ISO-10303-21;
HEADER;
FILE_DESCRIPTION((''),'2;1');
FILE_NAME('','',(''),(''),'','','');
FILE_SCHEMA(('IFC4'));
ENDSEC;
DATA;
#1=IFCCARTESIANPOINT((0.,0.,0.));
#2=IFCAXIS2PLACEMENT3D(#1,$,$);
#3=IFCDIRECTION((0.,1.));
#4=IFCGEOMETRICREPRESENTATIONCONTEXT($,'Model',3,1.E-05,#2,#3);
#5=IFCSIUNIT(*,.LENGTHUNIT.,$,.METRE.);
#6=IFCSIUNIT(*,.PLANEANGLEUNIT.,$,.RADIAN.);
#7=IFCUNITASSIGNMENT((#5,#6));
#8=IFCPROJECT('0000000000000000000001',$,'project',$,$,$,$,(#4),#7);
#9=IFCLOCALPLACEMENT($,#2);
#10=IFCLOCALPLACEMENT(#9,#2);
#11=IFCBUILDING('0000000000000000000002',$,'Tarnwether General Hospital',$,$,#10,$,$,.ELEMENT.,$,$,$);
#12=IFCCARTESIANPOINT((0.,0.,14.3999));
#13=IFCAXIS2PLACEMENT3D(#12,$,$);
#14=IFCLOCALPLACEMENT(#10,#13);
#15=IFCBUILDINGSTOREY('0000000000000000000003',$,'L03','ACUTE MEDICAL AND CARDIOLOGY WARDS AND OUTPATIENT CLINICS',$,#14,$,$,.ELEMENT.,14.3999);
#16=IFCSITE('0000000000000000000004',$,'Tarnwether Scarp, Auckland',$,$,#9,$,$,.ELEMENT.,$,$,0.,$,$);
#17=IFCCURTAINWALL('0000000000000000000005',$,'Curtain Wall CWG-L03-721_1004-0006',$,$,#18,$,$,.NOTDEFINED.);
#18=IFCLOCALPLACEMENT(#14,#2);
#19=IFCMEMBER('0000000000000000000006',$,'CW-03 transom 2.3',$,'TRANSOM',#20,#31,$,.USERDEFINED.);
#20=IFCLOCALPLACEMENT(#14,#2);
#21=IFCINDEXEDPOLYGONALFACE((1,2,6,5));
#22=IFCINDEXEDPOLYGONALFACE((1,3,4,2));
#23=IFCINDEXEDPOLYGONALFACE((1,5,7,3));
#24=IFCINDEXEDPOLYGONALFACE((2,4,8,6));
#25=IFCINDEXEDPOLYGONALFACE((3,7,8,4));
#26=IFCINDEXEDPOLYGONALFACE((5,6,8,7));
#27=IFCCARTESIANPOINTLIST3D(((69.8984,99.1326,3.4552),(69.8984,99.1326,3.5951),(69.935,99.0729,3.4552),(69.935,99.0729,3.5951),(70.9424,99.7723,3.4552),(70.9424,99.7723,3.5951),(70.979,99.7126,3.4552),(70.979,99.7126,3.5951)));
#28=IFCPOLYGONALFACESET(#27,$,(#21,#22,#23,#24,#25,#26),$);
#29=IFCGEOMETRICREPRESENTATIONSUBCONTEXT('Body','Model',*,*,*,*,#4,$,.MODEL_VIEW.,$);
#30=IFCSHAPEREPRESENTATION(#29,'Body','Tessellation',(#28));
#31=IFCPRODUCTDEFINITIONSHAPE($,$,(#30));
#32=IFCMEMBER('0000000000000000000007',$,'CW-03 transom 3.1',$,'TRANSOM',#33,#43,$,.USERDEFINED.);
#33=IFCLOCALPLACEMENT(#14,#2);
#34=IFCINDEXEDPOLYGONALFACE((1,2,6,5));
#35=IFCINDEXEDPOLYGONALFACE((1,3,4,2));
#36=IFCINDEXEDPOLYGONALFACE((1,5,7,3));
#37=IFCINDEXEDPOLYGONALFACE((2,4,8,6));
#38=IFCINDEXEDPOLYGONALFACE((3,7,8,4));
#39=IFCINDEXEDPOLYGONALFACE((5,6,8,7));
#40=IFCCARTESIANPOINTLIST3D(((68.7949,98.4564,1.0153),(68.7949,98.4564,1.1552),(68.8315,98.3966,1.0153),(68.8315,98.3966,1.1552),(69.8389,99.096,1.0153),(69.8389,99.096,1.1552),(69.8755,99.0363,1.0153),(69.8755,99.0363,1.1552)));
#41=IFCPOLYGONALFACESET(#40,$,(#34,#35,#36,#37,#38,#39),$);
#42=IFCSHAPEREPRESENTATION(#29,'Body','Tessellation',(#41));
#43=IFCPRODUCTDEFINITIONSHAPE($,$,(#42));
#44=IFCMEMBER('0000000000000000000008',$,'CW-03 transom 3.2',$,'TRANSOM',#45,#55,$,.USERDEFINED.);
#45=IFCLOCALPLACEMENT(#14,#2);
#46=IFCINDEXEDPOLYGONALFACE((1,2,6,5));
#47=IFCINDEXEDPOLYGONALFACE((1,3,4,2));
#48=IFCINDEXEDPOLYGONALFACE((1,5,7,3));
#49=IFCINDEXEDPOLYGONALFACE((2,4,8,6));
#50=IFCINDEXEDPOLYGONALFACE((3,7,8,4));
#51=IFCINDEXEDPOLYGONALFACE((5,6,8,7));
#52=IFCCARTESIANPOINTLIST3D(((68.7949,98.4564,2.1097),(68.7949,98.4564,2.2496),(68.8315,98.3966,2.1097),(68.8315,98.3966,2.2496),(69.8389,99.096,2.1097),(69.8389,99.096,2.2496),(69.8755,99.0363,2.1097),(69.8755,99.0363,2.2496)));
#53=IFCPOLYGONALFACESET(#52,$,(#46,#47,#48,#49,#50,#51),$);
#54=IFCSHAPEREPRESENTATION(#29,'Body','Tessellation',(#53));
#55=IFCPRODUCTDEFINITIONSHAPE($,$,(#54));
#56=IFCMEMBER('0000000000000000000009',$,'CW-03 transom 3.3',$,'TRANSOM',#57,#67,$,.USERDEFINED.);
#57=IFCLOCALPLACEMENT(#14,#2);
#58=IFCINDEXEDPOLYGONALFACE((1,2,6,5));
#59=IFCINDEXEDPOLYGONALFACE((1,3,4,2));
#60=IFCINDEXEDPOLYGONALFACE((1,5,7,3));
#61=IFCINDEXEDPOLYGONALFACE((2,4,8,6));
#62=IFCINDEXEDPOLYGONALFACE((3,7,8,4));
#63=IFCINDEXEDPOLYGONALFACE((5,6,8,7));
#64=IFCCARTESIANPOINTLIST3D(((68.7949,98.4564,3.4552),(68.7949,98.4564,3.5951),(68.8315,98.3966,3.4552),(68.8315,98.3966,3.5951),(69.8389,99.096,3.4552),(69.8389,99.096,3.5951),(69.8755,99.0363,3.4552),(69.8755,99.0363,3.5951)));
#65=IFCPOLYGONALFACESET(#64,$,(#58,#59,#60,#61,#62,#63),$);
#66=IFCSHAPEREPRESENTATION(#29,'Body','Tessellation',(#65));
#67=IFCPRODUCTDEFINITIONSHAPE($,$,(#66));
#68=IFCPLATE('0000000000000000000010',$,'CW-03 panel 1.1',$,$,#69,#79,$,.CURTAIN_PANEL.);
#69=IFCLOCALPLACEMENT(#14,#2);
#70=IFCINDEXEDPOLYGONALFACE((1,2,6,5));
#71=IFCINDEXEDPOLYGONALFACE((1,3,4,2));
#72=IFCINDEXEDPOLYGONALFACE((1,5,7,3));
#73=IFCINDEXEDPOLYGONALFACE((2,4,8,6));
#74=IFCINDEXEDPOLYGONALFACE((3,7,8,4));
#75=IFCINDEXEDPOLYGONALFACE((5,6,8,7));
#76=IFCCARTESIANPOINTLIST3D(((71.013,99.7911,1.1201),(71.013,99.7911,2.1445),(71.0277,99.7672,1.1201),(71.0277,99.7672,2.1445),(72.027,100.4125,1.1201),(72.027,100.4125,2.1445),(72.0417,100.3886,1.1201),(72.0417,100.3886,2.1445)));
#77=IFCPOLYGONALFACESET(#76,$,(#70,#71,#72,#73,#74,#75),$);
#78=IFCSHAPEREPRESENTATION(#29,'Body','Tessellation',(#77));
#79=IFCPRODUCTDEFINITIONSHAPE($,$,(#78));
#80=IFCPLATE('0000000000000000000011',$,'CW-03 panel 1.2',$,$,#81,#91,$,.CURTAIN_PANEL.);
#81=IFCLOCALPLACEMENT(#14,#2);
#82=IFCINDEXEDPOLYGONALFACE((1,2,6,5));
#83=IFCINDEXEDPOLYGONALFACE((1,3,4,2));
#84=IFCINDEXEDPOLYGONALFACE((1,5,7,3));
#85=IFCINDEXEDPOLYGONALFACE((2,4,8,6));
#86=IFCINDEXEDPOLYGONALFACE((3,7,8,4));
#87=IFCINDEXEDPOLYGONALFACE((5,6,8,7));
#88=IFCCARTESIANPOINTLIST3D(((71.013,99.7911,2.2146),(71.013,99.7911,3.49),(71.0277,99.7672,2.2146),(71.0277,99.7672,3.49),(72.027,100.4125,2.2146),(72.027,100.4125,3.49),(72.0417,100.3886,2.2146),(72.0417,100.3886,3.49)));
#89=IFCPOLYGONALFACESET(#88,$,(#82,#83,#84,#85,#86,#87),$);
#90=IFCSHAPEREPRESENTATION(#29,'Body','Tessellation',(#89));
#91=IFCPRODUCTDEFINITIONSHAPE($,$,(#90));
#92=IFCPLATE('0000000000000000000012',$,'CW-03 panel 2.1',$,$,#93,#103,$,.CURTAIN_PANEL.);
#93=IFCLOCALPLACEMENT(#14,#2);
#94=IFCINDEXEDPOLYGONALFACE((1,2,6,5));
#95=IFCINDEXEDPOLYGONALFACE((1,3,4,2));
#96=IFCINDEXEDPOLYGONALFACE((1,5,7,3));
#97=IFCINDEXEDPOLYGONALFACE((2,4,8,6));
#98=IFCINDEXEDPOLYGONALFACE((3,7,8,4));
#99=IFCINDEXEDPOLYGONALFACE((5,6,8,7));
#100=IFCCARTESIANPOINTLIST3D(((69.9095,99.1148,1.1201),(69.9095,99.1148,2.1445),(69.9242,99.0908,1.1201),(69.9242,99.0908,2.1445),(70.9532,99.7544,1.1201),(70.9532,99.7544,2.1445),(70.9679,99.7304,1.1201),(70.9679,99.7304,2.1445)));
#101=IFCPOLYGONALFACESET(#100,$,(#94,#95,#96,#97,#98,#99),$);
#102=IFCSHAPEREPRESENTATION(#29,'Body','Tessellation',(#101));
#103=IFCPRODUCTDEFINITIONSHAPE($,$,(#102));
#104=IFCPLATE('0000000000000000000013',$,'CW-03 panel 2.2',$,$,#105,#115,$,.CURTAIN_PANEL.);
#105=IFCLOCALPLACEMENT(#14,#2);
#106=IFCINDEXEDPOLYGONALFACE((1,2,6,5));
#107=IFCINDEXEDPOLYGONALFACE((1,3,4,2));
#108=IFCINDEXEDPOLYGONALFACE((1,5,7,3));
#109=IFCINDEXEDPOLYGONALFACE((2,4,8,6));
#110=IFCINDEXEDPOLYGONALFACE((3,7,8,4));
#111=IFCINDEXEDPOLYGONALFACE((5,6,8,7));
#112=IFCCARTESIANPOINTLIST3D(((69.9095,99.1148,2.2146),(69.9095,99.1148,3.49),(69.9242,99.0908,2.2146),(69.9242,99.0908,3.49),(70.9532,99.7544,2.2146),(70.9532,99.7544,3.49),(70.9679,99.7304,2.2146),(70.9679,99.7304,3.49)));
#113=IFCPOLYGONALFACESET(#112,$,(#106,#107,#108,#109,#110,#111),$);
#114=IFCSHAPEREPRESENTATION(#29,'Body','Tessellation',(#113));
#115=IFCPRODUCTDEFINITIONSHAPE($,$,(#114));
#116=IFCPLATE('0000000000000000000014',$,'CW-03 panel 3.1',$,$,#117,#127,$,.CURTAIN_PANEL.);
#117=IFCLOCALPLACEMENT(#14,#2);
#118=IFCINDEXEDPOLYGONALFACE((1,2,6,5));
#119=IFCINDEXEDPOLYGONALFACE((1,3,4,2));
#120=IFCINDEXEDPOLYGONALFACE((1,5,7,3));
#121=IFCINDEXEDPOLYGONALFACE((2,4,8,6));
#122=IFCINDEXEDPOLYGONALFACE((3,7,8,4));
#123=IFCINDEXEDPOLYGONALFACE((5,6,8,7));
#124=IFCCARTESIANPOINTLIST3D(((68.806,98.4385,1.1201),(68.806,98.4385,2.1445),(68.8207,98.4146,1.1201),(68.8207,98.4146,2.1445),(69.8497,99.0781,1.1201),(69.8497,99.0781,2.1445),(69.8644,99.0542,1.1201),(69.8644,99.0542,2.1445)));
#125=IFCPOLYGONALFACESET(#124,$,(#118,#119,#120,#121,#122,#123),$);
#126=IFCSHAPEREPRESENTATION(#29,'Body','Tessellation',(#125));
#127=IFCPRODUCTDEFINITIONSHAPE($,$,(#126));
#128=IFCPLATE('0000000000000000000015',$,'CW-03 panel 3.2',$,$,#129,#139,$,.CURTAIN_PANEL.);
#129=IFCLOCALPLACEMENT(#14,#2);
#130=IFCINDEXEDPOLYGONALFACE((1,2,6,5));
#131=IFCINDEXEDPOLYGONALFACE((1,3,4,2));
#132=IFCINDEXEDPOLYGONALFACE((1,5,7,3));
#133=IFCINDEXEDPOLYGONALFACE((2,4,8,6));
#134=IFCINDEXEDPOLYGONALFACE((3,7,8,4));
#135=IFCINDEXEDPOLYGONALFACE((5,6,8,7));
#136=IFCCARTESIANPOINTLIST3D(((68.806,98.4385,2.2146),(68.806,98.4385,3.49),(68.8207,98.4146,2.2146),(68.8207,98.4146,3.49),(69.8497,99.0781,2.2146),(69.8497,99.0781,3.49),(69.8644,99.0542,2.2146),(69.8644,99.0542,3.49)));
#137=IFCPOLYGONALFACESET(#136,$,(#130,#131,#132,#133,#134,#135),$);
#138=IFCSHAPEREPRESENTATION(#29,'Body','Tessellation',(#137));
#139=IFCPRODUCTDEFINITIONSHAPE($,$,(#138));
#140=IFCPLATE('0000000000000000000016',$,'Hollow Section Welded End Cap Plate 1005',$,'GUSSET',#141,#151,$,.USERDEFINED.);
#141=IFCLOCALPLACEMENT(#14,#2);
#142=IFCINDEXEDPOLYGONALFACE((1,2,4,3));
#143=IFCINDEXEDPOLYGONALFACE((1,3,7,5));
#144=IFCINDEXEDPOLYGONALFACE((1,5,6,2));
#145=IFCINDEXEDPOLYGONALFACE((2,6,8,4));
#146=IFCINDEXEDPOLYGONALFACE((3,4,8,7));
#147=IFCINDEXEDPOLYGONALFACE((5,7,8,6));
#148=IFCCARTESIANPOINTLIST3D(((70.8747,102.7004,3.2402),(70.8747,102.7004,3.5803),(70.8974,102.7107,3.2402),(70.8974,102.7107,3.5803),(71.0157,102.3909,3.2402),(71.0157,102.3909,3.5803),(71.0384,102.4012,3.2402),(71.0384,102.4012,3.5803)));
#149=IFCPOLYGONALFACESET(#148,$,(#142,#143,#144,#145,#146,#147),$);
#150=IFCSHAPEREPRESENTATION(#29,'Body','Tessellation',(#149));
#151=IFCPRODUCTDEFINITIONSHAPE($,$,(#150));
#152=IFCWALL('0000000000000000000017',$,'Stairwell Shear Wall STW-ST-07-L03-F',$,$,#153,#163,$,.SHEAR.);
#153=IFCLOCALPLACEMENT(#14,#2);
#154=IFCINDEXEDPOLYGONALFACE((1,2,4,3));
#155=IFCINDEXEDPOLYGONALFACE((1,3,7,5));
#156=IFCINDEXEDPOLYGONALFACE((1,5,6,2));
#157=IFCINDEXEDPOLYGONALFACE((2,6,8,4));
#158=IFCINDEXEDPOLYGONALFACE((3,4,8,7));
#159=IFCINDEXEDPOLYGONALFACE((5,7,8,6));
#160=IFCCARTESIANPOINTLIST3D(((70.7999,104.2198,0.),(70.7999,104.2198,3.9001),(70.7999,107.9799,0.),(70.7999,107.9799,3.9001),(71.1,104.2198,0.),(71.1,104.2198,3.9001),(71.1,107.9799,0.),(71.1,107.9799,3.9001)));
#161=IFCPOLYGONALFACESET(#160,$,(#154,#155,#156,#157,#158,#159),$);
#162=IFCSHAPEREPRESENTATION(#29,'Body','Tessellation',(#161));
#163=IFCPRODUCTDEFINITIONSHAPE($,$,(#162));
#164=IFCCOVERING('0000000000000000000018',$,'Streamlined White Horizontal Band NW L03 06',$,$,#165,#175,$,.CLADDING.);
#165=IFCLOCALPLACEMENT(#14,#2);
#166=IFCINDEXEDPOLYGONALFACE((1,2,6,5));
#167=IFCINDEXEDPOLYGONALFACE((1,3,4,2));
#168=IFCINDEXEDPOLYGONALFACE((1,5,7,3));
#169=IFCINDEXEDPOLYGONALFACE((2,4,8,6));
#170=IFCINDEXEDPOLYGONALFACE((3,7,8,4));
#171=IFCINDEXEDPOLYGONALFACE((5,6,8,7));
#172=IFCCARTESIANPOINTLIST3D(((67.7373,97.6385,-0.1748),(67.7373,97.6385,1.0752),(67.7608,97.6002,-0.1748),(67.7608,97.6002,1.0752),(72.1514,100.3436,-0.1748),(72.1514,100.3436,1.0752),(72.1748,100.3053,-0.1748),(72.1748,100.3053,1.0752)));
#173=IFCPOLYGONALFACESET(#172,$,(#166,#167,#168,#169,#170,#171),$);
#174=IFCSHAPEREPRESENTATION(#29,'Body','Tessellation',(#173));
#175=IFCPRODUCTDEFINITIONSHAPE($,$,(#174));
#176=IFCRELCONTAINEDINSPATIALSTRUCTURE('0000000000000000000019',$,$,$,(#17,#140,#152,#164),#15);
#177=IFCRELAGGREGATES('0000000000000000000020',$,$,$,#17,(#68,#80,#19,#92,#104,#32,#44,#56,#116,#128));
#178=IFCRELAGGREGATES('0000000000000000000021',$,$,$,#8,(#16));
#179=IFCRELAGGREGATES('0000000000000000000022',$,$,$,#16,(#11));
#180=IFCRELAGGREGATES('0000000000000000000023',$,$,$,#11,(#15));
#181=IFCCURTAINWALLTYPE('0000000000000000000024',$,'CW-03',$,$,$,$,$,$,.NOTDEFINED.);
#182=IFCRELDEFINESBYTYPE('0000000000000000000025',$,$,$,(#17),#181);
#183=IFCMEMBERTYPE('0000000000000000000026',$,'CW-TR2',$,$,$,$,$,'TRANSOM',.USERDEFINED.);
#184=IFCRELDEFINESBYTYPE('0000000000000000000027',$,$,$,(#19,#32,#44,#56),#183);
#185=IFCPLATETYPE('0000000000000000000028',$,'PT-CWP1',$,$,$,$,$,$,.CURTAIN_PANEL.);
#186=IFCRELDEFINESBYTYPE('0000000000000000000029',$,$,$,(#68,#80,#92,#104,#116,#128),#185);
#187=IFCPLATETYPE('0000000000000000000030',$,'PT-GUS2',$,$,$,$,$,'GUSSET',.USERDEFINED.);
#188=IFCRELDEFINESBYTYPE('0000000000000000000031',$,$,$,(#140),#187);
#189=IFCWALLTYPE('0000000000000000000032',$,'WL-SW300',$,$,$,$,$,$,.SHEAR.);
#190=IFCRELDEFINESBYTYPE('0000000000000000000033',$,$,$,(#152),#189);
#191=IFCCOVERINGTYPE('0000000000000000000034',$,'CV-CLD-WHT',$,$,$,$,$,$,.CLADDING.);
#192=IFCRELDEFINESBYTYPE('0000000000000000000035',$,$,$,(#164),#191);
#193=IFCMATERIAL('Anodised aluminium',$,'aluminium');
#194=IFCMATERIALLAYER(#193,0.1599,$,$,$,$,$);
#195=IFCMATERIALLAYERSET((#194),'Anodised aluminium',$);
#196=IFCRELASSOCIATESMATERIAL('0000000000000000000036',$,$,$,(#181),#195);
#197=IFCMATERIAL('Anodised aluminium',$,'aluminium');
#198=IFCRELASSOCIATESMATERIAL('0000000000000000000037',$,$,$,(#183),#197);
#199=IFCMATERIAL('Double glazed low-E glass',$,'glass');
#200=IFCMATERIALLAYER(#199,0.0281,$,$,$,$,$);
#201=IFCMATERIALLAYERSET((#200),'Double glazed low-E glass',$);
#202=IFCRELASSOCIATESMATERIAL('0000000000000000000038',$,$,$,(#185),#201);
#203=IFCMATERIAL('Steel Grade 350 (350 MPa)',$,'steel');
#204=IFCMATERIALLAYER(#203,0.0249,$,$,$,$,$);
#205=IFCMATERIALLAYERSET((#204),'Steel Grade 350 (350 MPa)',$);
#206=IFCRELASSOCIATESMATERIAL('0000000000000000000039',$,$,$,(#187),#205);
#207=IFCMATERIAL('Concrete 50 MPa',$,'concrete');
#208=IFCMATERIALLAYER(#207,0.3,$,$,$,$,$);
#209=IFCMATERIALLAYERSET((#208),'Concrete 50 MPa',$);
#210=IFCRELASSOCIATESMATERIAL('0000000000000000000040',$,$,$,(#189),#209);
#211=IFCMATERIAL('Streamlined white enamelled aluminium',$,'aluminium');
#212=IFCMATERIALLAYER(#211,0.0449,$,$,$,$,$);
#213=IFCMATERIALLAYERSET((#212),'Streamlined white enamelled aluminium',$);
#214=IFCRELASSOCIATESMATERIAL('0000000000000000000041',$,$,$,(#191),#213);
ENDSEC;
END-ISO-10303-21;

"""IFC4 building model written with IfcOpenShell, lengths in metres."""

from ifc_helpers import new_model, si_unit, direction, frame, frame_2d, origin, origin_2d, place, context, subcontext, project, spatial, rectangle, extrude, material, layer, layer_set, material_profile, profile_set, type_object, element, aggregate, save


model = new_model("IFC4")

# Units and contexts
model_context = context("Model", 3, precision=1e-05, world=origin(), true_north=direction((0.0, 1.0)))
body_context = subcontext(model_context, "Body", "Model", "MODEL_VIEW")
ifc_project = project(units=[si_unit("LENGTHUNIT", "METRE"), si_unit("PLANEANGLEUNIT", "RADIAN")], contexts=[model_context])

# Site, building, storey
site_placement = place(None, origin())
site = spatial("IfcSite", under=ifc_project, at=site_placement, Name="Tarnwether Scarp, Auckland", CompositionType="ELEMENT", RefElevation=0.0)
building_placement = place(site_placement, origin())
building = spatial("IfcBuilding", under=site, at=building_placement, Name="Tarnwether General Hospital", CompositionType="ELEMENT")
storey_placement = place(building_placement, frame((0.0, 0.0, 14.3999)))
storey = spatial("IfcBuildingStorey", under=building, at=storey_placement, Name="L03", Description="ACUTE MEDICAL AND CARDIOLOGY WARDS AND OUTPATIENT CLINICS", CompositionType="ELEMENT", Elevation=14.3999)

# Curtain wall, members, plates
ifc_material_1 = material(Name="Anodised aluminium", Category="aluminium")
ifc_layer_1 = layer(ifc_material_1, 0.1599)
ifc_layer_set_1 = layer_set([ifc_layer_1], Name="Anodised aluminium")
curtain_wall_type = type_object("IfcCurtainWallType", Name="CW-03", PredefinedType="NOTDEFINED", material=ifc_layer_set_1)
curtain_wall_placement = place(storey_placement, origin())
curtain_wall = element("IfcCurtainWall", 1, at=curtain_wall_placement, inside=storey, type_object=curtain_wall_type, Name="Curtain Wall CWG-L03-721_1004-0006", PredefinedType="NOTDEFINED")
ifc_material_2 = material(Name="Anodised aluminium", Category="aluminium")
ifc_material_profile_1 = material_profile(ifc_material_2, rectangle(XDim=0.0701, YDim=0.1399, at=origin_2d()), Name="ALU-TRN-70x140")
ifc_profile_set_1 = profile_set([ifc_material_profile_1], Name="Anodised aluminium")
member_type_1 = type_object("IfcMemberType", Name="CW-TR2", ElementType="TRANSOM", PredefinedType="USERDEFINED", material=ifc_profile_set_1)
member_1_placement = place(storey_placement, frame((70.9607, 99.7424, 3.5251), z_axis=(-0.85267, -0.52245, 0.0), x_axis=(0.52245, -0.85267, 0.0)))
member_1 = element("IfcMember", 2, at=member_1_placement, type_object=member_type_1, Name="CW-03 transom 2.3", ObjectType="TRANSOM", PredefinedType="USERDEFINED", context=body_context, shape_type="SweptSolid", body=[
    extrude(rectangle(XDim=0.0701, YDim=0.1399, at=origin_2d()), origin(), (0.0, 0.0, 1.0), 1.2244),
])
member_2_placement = place(storey_placement, frame((69.8572, 99.0662, 1.0852), z_axis=(-0.85267, -0.52245, 0.0), x_axis=(0.52245, -0.85267, 0.0)))
member_2 = element("IfcMember", 3, at=member_2_placement, type_object=member_type_1, Name="CW-03 transom 3.1", ObjectType="TRANSOM", PredefinedType="USERDEFINED", context=body_context, shape_type="SweptSolid", body=[
    extrude(rectangle(XDim=0.0701, YDim=0.1399, at=origin_2d()), origin(), (0.0, 0.0, 1.0), 1.2244),
])
member_3_placement = place(storey_placement, frame((69.8572, 99.0662, 2.1797), z_axis=(-0.85267, -0.52245, 0.0), x_axis=(0.52245, -0.85267, 0.0)))
member_3 = element("IfcMember", 4, at=member_3_placement, type_object=member_type_1, Name="CW-03 transom 3.2", ObjectType="TRANSOM", PredefinedType="USERDEFINED", context=body_context, shape_type="SweptSolid", body=[
    extrude(rectangle(XDim=0.0701, YDim=0.1399, at=origin_2d()), origin(), (0.0, 0.0, 1.0), 1.2244),
])
member_4_placement = place(storey_placement, frame((69.8572, 99.0662, 3.5251), z_axis=(-0.85267, -0.52245, 0.0), x_axis=(0.52245, -0.85267, 0.0)))
member_4 = element("IfcMember", 5, at=member_4_placement, type_object=member_type_1, Name="CW-03 transom 3.3", ObjectType="TRANSOM", PredefinedType="USERDEFINED", context=body_context, shape_type="SweptSolid", body=[
    extrude(rectangle(XDim=0.0701, YDim=0.1399, at=origin_2d()), origin(), (0.0, 0.0, 1.0), 1.2244),
])
ifc_material_3 = material(Name="Double glazed low-E glass", Category="glass")
ifc_layer_2 = layer(ifc_material_3, 0.0281)
ifc_layer_set_2 = layer_set([ifc_layer_2], Name="Double glazed low-E glass")
plate_type_1 = type_object("IfcPlateType", Name="PT-CWP1", PredefinedType="CURTAIN_PANEL", material=ifc_layer_set_2)
plate_1_placement = place(storey_placement, frame((71.5273, 100.0898, 1.1201), z_axis=(0.0, 0.0, 1.0), x_axis=(-0.852632, -0.522512, 0.0)))
plate_1 = element("IfcPlate", 6, at=plate_1_placement, type_object=plate_type_1, Name="CW-03 panel 1.1", PredefinedType="CURTAIN_PANEL", context=body_context, shape_type="SweptSolid", body=[
    extrude(rectangle(XDim=1.1892, YDim=0.0281, at=origin_2d()), origin(), (0.0, 0.0, 1.0), 1.0244),
])
plate_2_placement = place(storey_placement, frame((71.5273, 100.0898, 2.2146), z_axis=(0.0, 0.0, 1.0), x_axis=(-0.852632, -0.522512, 0.0)))
plate_2 = element("IfcPlate", 7, at=plate_2_placement, type_object=plate_type_1, Name="CW-03 panel 1.2", PredefinedType="CURTAIN_PANEL", context=body_context, shape_type="SweptSolid", body=[
    extrude(rectangle(XDim=1.1892, YDim=0.0281, at=origin_2d()), origin(), (0.0, 0.0, 1.0), 1.2754),
])
plate_3_placement = place(storey_placement, frame((70.4387, 99.4226, 1.1201), z_axis=(0.0, 0.0, 1.0), x_axis=(-0.852632, -0.522512, 0.0)))
plate_3 = element("IfcPlate", 8, at=plate_3_placement, type_object=plate_type_1, Name="CW-03 panel 2.1", PredefinedType="CURTAIN_PANEL", context=body_context, shape_type="SweptSolid", body=[
    extrude(rectangle(XDim=1.2241, YDim=0.0281, at=origin_2d()), origin(), (0.0, 0.0, 1.0), 1.0244),
])
plate_4_placement = place(storey_placement, frame((70.4387, 99.4226, 2.2146), z_axis=(0.0, 0.0, 1.0), x_axis=(-0.852632, -0.522512, 0.0)))
plate_4 = element("IfcPlate", 9, at=plate_4_placement, type_object=plate_type_1, Name="CW-03 panel 2.2", PredefinedType="CURTAIN_PANEL", context=body_context, shape_type="SweptSolid", body=[
    extrude(rectangle(XDim=1.2241, YDim=0.0281, at=origin_2d()), origin(), (0.0, 0.0, 1.0), 1.2754),
])
plate_5_placement = place(storey_placement, frame((69.3352, 98.7463, 1.1201), z_axis=(0.0, 0.0, 1.0), x_axis=(-0.852632, -0.522512, 0.0)))
plate_5 = element("IfcPlate", 10, at=plate_5_placement, type_object=plate_type_1, Name="CW-03 panel 3.1", PredefinedType="CURTAIN_PANEL", context=body_context, shape_type="SweptSolid", body=[
    extrude(rectangle(XDim=1.2241, YDim=0.0281, at=origin_2d()), origin(), (0.0, 0.0, 1.0), 1.0244),
])
plate_6_placement = place(storey_placement, frame((69.3352, 98.7463, 2.2146), z_axis=(0.0, 0.0, 1.0), x_axis=(-0.852632, -0.522512, 0.0)))
plate_6 = element("IfcPlate", 11, at=plate_6_placement, type_object=plate_type_1, Name="CW-03 panel 3.2", PredefinedType="CURTAIN_PANEL", context=body_context, shape_type="SweptSolid", body=[
    extrude(rectangle(XDim=1.2241, YDim=0.0281, at=origin_2d()), origin(), (0.0, 0.0, 1.0), 1.2754),
])
aggregate(curtain_wall, [plate_1, plate_2, member_1, plate_3, plate_4, member_2, member_3, member_4, plate_5, plate_6])

# Plate
ifc_material_4 = material(Name="Steel Grade 350 (350 MPa)", Category="steel")
ifc_layer_3 = layer(ifc_material_4, 0.0249)
ifc_layer_set_3 = layer_set([ifc_layer_3], Name="Steel Grade 350 (350 MPa)")
plate_type_2 = type_object("IfcPlateType", Name="PT-GUS2", ElementType="GUSSET", PredefinedType="USERDEFINED", material=ifc_layer_set_3)
plate_7_placement = place(storey_placement, frame((70.9565, 102.5508, 3.2402), z_axis=(0.0, 0.0, 1.0), x_axis=(0.909969, 0.414677, 0.0)))
element("IfcPlate", 12, at=plate_7_placement, inside=storey, type_object=plate_type_2, Name="Hollow Section Welded End Cap Plate 1005", ObjectType="GUSSET", PredefinedType="USERDEFINED", context=body_context, shape_type="SweptSolid", body=[
    extrude(rectangle(XDim=0.0249, YDim=0.3401, at=origin_2d()), origin(), (0.0, 0.0, 1.0), 0.3401),
])

# Wall
ifc_material_5 = material(Name="Concrete 50 MPa", Category="concrete")
ifc_layer_4 = layer(ifc_material_5, 0.3)
ifc_layer_set_4 = layer_set([ifc_layer_4], Name="Concrete 50 MPa")
wall_type = type_object("IfcWallType", Name="WL-SW300", PredefinedType="SHEAR", material=ifc_layer_set_4)
wall_placement = place(storey_placement, frame((70.95, 104.22, 0.0), z_axis=(0.0, 0.0, 1.0), x_axis=(0.0, 1.0, 0.0)))
element("IfcWall", 13, at=wall_placement, inside=storey, type_object=wall_type, Name="Stairwell Shear Wall STW-ST-07-L03-F", PredefinedType="SHEAR", context=body_context, shape_type="SweptSolid", body=[
    extrude(rectangle(XDim=3.76, YDim=0.3, at=frame_2d((1.8799, 0.0))), origin(), (0.0, 0.0, 1.0), 3.9001),
])

# Covering
ifc_material_6 = material(Name="Streamlined white enamelled aluminium", Category="aluminium")
ifc_layer_5 = layer(ifc_material_6, 0.0449)
ifc_layer_set_5 = layer_set([ifc_layer_5], Name="Streamlined white enamelled aluminium")
covering_type = type_object("IfcCoveringType", Name="CV-CLD-WHT", PredefinedType="CLADDING", material=ifc_layer_set_5)
covering_placement = place(storey_placement, frame((69.9561, 98.9719, -0.1748), z_axis=(0.0, 0.0, 1.0), x_axis=(-0.852631, -0.522513, 0.0)))
element("IfcCovering", 14, at=covering_placement, inside=storey, type_object=covering_type, Name="Streamlined White Horizontal Band NW L03 06", PredefinedType="CLADDING", context=body_context, shape_type="SweptSolid", body=[
    extrude(rectangle(XDim=5.177, YDim=0.0449, at=origin_2d()), origin(), (0.0, 0.0, 1.0), 1.25),
])

save(model, "model.ifc")
